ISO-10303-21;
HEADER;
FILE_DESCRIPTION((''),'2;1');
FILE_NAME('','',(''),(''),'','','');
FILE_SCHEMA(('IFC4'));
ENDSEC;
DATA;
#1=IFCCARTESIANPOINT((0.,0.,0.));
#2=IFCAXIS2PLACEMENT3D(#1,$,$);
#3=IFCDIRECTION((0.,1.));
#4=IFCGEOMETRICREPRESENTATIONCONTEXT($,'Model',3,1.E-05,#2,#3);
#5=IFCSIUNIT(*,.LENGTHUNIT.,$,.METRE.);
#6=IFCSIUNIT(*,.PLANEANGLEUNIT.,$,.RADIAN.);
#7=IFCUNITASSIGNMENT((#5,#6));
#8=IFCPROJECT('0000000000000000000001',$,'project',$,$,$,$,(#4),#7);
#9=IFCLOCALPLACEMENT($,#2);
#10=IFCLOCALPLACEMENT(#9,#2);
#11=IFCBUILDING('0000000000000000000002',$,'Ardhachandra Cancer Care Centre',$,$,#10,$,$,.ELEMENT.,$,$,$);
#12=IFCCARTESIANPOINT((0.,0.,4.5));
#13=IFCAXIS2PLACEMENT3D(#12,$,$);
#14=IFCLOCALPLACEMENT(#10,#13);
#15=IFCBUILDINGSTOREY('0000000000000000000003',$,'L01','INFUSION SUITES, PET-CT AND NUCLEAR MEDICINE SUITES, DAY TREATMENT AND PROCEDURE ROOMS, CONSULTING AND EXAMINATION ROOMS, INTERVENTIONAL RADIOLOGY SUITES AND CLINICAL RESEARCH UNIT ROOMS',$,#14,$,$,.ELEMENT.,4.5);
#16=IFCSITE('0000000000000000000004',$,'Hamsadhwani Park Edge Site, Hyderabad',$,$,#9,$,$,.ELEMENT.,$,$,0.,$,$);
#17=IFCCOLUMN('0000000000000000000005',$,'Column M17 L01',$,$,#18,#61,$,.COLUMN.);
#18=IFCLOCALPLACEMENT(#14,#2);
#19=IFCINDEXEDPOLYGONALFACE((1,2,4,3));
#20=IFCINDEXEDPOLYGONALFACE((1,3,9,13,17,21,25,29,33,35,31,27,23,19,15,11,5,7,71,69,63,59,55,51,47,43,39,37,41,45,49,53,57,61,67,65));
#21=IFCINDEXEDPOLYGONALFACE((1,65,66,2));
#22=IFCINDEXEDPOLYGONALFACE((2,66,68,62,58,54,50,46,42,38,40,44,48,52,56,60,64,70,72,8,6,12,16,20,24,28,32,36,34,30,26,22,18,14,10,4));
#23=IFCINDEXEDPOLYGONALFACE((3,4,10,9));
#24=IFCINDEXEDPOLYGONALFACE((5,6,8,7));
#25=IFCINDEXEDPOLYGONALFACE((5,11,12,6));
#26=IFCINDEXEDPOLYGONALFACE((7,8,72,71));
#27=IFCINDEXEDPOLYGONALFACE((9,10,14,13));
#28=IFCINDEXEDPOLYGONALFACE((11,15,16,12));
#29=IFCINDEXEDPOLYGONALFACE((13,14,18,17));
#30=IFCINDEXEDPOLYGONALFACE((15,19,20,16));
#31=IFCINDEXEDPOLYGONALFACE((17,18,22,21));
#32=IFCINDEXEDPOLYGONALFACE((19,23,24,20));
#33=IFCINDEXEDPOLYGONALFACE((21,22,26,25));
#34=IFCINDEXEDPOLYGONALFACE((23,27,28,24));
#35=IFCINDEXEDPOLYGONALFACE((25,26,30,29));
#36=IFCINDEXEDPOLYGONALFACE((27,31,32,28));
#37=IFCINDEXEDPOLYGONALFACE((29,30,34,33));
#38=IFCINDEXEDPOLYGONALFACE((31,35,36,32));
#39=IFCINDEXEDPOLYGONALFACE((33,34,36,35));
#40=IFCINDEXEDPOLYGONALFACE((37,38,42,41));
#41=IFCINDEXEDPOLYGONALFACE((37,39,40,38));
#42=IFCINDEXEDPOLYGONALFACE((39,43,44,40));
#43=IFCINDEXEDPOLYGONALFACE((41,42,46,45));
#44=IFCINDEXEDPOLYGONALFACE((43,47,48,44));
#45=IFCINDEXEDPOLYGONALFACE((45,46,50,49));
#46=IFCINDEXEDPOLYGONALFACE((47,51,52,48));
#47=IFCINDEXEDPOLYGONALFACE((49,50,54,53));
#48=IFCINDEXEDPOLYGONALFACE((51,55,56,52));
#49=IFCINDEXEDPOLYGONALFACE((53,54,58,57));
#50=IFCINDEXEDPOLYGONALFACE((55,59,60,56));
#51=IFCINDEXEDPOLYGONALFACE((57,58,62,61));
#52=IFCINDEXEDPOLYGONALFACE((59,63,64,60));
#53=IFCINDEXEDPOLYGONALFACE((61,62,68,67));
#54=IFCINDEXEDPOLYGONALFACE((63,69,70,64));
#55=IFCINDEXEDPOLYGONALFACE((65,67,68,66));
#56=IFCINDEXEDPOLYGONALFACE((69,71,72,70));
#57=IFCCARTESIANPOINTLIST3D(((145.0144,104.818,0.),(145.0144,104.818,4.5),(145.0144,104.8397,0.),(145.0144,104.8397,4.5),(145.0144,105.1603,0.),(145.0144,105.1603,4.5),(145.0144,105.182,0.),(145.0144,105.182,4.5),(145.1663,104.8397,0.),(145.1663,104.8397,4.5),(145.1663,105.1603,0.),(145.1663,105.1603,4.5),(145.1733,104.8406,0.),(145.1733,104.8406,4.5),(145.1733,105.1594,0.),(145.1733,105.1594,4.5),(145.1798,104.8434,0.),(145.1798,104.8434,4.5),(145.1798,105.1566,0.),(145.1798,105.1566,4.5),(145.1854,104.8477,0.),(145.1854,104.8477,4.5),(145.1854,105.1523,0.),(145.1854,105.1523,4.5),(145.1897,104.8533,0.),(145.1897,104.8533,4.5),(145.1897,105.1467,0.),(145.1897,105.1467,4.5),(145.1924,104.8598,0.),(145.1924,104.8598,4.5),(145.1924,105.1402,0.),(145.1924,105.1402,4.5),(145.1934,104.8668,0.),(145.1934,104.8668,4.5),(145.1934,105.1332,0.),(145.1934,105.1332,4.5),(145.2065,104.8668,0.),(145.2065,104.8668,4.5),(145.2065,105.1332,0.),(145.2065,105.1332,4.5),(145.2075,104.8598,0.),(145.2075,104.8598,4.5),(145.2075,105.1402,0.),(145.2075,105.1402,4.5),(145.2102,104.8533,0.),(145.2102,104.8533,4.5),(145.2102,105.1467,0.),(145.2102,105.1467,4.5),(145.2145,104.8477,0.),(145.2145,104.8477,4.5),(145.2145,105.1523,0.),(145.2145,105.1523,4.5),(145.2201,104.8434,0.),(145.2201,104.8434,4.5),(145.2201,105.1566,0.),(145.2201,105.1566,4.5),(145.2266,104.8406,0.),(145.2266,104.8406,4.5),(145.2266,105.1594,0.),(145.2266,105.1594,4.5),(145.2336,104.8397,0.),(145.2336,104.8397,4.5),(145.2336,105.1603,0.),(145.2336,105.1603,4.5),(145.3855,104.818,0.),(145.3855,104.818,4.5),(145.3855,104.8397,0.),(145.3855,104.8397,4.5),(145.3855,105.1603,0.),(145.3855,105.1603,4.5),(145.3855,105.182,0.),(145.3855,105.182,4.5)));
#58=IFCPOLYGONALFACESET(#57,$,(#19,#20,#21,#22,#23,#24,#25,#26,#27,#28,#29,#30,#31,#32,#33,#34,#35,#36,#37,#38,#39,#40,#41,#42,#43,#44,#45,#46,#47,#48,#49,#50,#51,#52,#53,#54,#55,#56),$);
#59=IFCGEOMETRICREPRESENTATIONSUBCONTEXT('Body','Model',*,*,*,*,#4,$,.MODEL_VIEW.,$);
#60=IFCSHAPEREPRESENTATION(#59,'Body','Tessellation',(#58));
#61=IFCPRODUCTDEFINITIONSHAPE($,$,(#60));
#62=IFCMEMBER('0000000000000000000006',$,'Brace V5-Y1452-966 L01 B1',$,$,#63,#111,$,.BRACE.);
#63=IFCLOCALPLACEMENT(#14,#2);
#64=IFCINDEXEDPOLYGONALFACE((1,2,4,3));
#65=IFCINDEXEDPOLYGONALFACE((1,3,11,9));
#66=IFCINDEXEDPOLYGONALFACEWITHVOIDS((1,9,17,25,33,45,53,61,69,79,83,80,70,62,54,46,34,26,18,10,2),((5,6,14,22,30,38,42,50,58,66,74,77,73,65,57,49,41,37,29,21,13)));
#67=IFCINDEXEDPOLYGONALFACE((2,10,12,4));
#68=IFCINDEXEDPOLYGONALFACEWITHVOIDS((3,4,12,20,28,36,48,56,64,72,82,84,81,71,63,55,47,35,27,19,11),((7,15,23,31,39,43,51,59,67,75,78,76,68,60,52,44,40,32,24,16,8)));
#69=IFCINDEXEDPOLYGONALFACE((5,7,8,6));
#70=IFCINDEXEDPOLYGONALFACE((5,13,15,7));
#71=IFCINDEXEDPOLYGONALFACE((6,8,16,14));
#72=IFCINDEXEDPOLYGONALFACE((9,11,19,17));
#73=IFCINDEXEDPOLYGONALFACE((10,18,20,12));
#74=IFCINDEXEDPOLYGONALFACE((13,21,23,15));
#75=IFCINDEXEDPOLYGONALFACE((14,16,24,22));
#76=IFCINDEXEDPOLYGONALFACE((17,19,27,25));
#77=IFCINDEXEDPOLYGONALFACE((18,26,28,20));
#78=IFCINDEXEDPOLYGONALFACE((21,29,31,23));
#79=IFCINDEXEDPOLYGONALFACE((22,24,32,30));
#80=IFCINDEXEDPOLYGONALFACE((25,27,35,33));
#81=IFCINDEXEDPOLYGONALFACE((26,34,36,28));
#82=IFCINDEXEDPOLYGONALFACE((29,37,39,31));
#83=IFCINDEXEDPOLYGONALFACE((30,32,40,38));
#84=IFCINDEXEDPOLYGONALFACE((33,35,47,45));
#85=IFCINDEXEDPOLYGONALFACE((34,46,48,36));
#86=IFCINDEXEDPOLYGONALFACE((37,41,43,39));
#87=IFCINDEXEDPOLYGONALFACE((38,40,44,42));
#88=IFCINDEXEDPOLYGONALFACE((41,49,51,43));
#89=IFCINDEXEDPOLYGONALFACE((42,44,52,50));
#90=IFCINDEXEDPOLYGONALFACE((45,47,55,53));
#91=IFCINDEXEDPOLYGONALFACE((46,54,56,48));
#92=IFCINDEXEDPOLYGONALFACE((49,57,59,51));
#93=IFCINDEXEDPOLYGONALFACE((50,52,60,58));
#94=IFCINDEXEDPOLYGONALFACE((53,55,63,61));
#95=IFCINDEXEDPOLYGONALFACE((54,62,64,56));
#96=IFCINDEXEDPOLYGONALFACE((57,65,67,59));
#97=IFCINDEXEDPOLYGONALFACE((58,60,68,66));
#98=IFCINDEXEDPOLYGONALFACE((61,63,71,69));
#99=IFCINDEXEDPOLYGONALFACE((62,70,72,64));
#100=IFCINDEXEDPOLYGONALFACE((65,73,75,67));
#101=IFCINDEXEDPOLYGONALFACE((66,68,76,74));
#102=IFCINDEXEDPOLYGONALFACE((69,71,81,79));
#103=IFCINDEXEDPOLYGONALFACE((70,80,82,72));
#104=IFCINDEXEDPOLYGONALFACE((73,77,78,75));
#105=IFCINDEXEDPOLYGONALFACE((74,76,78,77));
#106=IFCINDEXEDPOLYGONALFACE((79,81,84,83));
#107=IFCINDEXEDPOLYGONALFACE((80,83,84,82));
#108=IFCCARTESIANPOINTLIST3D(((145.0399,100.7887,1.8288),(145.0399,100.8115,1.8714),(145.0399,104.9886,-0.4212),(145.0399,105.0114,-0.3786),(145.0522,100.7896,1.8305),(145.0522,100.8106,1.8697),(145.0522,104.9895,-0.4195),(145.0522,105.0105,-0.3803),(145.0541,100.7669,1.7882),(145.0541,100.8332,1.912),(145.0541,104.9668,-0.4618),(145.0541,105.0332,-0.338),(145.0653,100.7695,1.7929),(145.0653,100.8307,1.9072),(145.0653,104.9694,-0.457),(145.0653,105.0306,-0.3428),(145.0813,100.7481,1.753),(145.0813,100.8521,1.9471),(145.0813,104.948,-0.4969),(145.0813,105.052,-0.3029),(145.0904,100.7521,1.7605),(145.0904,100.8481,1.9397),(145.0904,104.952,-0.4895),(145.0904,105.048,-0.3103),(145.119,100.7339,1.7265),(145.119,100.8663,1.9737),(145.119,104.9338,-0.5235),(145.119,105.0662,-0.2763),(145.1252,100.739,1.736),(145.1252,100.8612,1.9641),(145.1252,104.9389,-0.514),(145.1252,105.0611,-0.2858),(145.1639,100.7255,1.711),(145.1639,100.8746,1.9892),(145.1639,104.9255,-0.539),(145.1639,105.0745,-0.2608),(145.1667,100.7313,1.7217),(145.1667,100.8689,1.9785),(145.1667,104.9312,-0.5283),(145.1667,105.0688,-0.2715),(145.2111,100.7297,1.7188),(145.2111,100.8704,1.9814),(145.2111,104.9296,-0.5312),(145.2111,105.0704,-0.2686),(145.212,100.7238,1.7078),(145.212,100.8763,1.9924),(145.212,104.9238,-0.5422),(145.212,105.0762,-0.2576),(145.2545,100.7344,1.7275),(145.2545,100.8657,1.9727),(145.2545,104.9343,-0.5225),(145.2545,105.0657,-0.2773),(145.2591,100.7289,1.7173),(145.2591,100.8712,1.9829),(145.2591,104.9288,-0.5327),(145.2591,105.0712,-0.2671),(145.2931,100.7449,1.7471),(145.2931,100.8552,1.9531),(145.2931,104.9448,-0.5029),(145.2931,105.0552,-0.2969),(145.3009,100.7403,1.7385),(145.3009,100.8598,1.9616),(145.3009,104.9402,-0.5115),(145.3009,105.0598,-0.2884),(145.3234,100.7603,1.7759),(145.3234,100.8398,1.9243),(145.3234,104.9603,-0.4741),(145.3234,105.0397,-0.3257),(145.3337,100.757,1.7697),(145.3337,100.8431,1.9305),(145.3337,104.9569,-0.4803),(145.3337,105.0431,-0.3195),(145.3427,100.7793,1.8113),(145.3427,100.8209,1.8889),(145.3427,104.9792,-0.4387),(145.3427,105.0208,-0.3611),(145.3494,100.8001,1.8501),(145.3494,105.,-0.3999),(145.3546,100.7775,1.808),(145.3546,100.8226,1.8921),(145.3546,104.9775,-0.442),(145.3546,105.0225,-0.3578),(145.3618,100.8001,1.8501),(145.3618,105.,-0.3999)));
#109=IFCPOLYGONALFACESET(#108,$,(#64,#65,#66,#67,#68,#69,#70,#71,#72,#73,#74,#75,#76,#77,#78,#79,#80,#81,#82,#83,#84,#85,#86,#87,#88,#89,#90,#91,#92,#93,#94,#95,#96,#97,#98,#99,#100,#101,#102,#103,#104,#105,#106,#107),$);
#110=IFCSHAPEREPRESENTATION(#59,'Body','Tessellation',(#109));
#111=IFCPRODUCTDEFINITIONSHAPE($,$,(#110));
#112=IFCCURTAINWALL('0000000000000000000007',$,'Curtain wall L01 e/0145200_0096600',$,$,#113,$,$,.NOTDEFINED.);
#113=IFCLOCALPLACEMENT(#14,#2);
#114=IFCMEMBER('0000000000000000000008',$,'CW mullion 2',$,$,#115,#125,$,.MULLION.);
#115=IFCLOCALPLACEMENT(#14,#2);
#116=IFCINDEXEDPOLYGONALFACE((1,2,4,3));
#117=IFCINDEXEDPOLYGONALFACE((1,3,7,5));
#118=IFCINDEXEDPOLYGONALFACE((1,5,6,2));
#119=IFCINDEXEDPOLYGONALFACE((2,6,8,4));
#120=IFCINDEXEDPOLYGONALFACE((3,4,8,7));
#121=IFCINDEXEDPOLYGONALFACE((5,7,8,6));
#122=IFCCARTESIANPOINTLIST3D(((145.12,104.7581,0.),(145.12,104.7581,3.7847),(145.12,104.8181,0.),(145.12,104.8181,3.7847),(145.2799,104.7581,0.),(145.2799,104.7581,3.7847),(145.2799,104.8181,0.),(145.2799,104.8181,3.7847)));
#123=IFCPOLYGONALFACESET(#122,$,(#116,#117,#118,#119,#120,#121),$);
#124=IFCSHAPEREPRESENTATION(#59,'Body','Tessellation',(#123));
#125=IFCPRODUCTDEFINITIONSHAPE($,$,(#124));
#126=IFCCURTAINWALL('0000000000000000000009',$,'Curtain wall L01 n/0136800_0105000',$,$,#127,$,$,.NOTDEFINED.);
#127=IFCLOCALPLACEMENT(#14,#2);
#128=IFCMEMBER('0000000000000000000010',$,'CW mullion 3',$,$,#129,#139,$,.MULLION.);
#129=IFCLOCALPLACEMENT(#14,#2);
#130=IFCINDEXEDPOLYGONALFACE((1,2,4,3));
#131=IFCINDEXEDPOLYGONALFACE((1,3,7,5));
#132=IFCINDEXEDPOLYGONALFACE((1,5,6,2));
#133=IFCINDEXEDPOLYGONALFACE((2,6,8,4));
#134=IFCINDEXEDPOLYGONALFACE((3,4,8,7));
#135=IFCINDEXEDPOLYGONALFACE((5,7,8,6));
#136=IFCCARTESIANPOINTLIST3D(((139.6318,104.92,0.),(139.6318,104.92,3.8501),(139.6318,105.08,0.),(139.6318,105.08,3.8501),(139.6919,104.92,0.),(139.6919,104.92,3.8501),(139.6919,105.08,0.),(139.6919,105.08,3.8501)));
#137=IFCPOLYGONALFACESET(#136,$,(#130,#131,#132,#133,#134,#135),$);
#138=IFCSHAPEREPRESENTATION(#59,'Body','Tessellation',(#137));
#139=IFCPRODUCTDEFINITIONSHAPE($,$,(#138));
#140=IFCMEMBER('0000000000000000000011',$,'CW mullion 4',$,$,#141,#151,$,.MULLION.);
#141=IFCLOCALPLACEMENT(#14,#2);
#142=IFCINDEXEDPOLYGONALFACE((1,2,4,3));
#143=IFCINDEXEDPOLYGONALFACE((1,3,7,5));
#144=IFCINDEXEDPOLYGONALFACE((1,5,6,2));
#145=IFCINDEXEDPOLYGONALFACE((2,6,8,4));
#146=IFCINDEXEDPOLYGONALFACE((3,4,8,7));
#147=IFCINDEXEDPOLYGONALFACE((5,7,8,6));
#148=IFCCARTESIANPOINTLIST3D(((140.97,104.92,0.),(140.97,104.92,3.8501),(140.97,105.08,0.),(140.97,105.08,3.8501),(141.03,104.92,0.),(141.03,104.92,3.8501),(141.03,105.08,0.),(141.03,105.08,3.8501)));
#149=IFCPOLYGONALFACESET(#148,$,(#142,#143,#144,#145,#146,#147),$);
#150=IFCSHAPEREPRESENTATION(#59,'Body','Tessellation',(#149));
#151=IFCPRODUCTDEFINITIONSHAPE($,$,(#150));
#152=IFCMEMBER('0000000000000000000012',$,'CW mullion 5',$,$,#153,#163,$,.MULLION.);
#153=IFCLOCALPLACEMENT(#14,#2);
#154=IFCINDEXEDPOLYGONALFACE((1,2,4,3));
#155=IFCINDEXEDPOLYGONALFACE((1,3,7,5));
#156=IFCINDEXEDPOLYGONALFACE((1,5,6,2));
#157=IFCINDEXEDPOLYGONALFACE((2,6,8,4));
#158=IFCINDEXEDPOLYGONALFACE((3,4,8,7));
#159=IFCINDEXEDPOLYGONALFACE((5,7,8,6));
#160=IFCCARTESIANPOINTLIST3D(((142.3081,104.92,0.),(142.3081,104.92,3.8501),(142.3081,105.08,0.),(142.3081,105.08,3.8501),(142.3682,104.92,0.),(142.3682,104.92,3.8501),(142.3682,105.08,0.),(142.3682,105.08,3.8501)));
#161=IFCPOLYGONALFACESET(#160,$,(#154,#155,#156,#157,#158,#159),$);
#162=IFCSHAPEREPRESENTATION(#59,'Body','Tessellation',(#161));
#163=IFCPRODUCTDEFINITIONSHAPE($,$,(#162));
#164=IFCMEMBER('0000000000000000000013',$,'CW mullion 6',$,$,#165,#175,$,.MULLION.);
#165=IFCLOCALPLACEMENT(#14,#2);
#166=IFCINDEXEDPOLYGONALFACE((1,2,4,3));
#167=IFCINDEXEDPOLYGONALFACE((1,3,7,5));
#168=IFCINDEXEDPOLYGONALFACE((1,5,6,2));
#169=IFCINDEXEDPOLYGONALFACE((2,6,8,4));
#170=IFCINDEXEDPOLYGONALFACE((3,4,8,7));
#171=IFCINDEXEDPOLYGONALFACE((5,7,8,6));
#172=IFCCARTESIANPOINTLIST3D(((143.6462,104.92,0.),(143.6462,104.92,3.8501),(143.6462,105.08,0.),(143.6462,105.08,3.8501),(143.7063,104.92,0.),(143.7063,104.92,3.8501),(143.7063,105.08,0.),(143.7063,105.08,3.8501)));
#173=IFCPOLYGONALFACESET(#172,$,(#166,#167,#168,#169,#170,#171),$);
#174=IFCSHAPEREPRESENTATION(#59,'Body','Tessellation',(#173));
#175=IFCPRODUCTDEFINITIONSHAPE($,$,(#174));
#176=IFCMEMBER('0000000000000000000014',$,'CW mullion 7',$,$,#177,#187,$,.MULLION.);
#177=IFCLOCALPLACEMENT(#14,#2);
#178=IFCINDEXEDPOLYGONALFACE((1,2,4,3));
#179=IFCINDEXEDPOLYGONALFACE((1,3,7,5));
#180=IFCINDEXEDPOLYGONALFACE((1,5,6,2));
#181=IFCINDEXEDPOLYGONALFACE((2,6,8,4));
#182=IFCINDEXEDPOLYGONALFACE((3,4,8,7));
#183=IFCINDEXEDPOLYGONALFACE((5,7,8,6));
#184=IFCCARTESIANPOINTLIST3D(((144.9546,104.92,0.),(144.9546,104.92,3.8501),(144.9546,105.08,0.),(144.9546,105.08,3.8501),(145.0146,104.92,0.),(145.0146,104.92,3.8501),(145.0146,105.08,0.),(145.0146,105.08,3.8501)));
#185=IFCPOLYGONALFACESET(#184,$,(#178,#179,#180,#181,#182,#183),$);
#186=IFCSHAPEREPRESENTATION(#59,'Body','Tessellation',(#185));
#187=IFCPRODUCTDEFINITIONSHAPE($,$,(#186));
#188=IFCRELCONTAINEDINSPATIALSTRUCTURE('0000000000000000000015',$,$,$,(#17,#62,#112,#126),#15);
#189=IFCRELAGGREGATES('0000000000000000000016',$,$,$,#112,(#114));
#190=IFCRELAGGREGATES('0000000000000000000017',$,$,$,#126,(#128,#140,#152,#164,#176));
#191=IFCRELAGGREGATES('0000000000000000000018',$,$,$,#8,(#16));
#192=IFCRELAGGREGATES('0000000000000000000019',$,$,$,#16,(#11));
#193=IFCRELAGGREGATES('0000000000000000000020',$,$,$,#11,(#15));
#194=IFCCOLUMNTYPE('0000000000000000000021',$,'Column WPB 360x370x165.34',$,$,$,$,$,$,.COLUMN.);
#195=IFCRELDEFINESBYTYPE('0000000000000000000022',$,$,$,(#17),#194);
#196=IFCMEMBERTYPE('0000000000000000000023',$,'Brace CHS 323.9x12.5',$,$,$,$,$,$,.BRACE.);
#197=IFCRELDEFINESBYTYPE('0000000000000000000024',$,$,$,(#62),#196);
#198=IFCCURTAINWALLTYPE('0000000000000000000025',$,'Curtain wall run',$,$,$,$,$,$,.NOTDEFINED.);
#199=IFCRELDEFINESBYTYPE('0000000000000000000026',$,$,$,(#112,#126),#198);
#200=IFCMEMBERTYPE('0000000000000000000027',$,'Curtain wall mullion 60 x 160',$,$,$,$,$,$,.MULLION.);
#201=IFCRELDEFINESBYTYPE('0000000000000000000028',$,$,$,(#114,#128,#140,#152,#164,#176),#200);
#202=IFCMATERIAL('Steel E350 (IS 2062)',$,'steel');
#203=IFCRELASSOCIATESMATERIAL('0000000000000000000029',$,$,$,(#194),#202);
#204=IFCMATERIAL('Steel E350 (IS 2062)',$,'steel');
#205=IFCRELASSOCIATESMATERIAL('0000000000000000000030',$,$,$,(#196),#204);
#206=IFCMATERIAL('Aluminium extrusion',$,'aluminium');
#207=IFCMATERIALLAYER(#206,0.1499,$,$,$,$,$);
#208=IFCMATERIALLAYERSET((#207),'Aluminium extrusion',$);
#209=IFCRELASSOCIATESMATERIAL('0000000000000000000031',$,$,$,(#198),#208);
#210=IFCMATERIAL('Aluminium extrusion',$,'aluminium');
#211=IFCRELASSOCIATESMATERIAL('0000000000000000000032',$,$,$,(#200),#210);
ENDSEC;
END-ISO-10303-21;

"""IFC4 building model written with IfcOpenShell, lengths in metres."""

from ifc_helpers import new_model, si_unit, direction, frame, origin, origin_2d, place, context, subcontext, project, spatial, rectangle, hollow_circle, i_section, extrude, material, layer, layer_set, material_profile, profile_set, type_object, element, aggregate, save


model = new_model("IFC4")

# Units and contexts
model_context = context("Model", 3, precision=1e-05, world=origin(), true_north=direction((0.0, 1.0)))
body_context = subcontext(model_context, "Body", "Model", "MODEL_VIEW")
ifc_project = project(units=[si_unit("LENGTHUNIT", "METRE"), si_unit("PLANEANGLEUNIT", "RADIAN")], contexts=[model_context])

# Site, building, storey
site_placement = place(None, origin())
site = spatial("IfcSite", under=ifc_project, at=site_placement, Name="Hamsadhwani Park Edge Site, Hyderabad", CompositionType="ELEMENT", RefElevation=0.0)
building_placement = place(site_placement, origin())
building = spatial("IfcBuilding", under=site, at=building_placement, Name="Ardhachandra Cancer Care Centre", CompositionType="ELEMENT")
storey_placement = place(building_placement, frame((0.0, 0.0, 4.5)))
storey = spatial("IfcBuildingStorey", under=building, at=storey_placement, Name="L01", Description="INFUSION SUITES, PET-CT AND NUCLEAR MEDICINE SUITES, DAY TREATMENT AND PROCEDURE ROOMS, CONSULTING AND EXAMINATION ROOMS, INTERVENTIONAL RADIOLOGY SUITES AND CLINICAL RESEARCH UNIT ROOMS", CompositionType="ELEMENT", Elevation=4.5)

# Column
ifc_material_1 = material(Name="Steel E350 (IS 2062)", Category="steel")
ifc_material_profile_1 = material_profile(ifc_material_1, i_section(OverallWidth=0.3711, OverallDepth=0.364, WebThickness=0.0132, FlangeThickness=0.0217, FilletRadius=0.0271, at=origin_2d()), Name="WPB 360x370x165.34")
ifc_profile_set_1 = profile_set([ifc_material_profile_1], Name="Steel E350 (IS 2062)")
column_type = type_object("IfcColumnType", Name="Column WPB 360x370x165.34", PredefinedType="COLUMN", material=ifc_profile_set_1)
column_placement = place(storey_placement, frame((145.2, 105.0, 0.0), z_axis=(0.0, 0.0, 1.0), x_axis=(1.0, 0.0, 0.0)))
element("IfcColumn", 1, at=column_placement, inside=storey, type_object=column_type, Name="Column M17 L01", PredefinedType="COLUMN", context=body_context, shape_type="SweptSolid", body=[
    extrude(i_section(OverallWidth=0.3711, OverallDepth=0.364, WebThickness=0.0132, FlangeThickness=0.0217, FilletRadius=0.0271, at=origin_2d()), origin(), (0.0, 0.0, 1.0), 4.5),
])

# Member
ifc_material_2 = material(Name="Steel E350 (IS 2062)", Category="steel")
ifc_material_profile_2 = material_profile(ifc_material_2, hollow_circle(Radius=0.1619, WallThickness=0.0125, at=origin_2d()), Name="CHS 323.9x12.5")
ifc_profile_set_2 = profile_set([ifc_material_profile_2], Name="Steel E350 (IS 2062)")
member_type_1 = type_object("IfcMemberType", Name="Brace CHS 323.9x12.5", PredefinedType="BRACE", material=ifc_profile_set_2)
member_1_placement = place(storey_placement, frame((145.2, 105.0, -0.3999), z_axis=(0.0, -0.881478, 0.472226), x_axis=(1.0, 0.0, 0.0)))
element("IfcMember", 2, at=member_1_placement, inside=storey, type_object=member_type_1, Name="Brace V5-Y1452-966 L01 B1", PredefinedType="BRACE", context=body_context, shape_type="SweptSolid", body=[
    extrude(hollow_circle(Radius=0.1619, WallThickness=0.0125, at=origin_2d()), origin(), (0.0, 0.0, 1.0), 4.7646),
])

# Curtain wall, member
ifc_material_3 = material(Name="Aluminium extrusion", Category="aluminium")
ifc_layer_1 = layer(ifc_material_3, 0.1499)
ifc_layer_set_1 = layer_set([ifc_layer_1], Name="Aluminium extrusion")
curtain_wall_type = type_object("IfcCurtainWallType", Name="Curtain wall run", PredefinedType="NOTDEFINED", material=ifc_layer_set_1)
curtain_wall_1_placement = place(storey_placement, origin())
curtain_wall_1 = element("IfcCurtainWall", 3, at=curtain_wall_1_placement, inside=storey, type_object=curtain_wall_type, Name="Curtain wall L01 e/0145200_0096600", PredefinedType="NOTDEFINED")
ifc_material_4 = material(Name="Aluminium extrusion", Category="aluminium")
ifc_material_profile_3 = material_profile(ifc_material_4, rectangle(XDim=0.1599, YDim=0.0601, at=origin_2d()), Name="Curtain wall mullion 60 x 160")
ifc_profile_set_3 = profile_set([ifc_material_profile_3], Name="Aluminium extrusion")
member_type_2 = type_object("IfcMemberType", Name="Curtain wall mullion 60 x 160", PredefinedType="MULLION", material=ifc_profile_set_3)
member_2_placement = place(storey_placement, frame((145.2, 104.7881, 0.0), z_axis=(0.0, 0.0, 1.0), x_axis=(-1.0, 0.0, 0.0)))
member_2 = element("IfcMember", 4, at=member_2_placement, type_object=member_type_2, Name="CW mullion 2", PredefinedType="MULLION", context=body_context, shape_type="SweptSolid", body=[
    extrude(rectangle(XDim=0.1599, YDim=0.0601, at=origin_2d()), origin(), (0.0, 0.0, 1.0), 3.7847),
])
aggregate(curtain_wall_1, [member_2])

# Curtain wall, members
curtain_wall_2_placement = place(storey_placement, origin())
curtain_wall_2 = element("IfcCurtainWall", 5, at=curtain_wall_2_placement, inside=storey, type_object=curtain_wall_type, Name="Curtain wall L01 n/0136800_0105000", PredefinedType="NOTDEFINED")
member_3_placement = place(storey_placement, frame((139.6619, 105.0, 0.0), z_axis=(0.0, 0.0, 1.0), x_axis=(0.0, 1.0, 0.0)))
member_3 = element("IfcMember", 6, at=member_3_placement, type_object=member_type_2, Name="CW mullion 3", PredefinedType="MULLION", context=body_context, shape_type="SweptSolid", body=[
    extrude(rectangle(XDim=0.1599, YDim=0.0601, at=origin_2d()), origin(), (0.0, 0.0, 1.0), 3.8501),
])
member_4_placement = place(storey_placement, frame((141.0, 105.0, 0.0), z_axis=(0.0, 0.0, 1.0), x_axis=(0.0, 1.0, 0.0)))
member_4 = element("IfcMember", 7, at=member_4_placement, type_object=member_type_2, Name="CW mullion 4", PredefinedType="MULLION", context=body_context, shape_type="SweptSolid", body=[
    extrude(rectangle(XDim=0.1599, YDim=0.0601, at=origin_2d()), origin(), (0.0, 0.0, 1.0), 3.8501),
])
member_5_placement = place(storey_placement, frame((142.3381, 105.0, 0.0), z_axis=(0.0, 0.0, 1.0), x_axis=(0.0, 1.0, 0.0)))
member_5 = element("IfcMember", 8, at=member_5_placement, type_object=member_type_2, Name="CW mullion 5", PredefinedType="MULLION", context=body_context, shape_type="SweptSolid", body=[
    extrude(rectangle(XDim=0.1599, YDim=0.0601, at=origin_2d()), origin(), (0.0, 0.0, 1.0), 3.8501),
])
member_6_placement = place(storey_placement, frame((143.6763, 105.0, 0.0), z_axis=(0.0, 0.0, 1.0), x_axis=(0.0, 1.0, 0.0)))
member_6 = element("IfcMember", 9, at=member_6_placement, type_object=member_type_2, Name="CW mullion 6", PredefinedType="MULLION", context=body_context, shape_type="SweptSolid", body=[
    extrude(rectangle(XDim=0.1599, YDim=0.0601, at=origin_2d()), origin(), (0.0, 0.0, 1.0), 3.8501),
])
member_7_placement = place(storey_placement, frame((144.9846, 105.0, 0.0), z_axis=(0.0, 0.0, 1.0), x_axis=(0.0, 1.0, 0.0)))
member_7 = element("IfcMember", 10, at=member_7_placement, type_object=member_type_2, Name="CW mullion 7", PredefinedType="MULLION", context=body_context, shape_type="SweptSolid", body=[
    extrude(rectangle(XDim=0.1599, YDim=0.0601, at=origin_2d()), origin(), (0.0, 0.0, 1.0), 3.8501),
])
aggregate(curtain_wall_2, [member_3, member_4, member_5, member_6, member_7])

save(model, "model.ifc")
